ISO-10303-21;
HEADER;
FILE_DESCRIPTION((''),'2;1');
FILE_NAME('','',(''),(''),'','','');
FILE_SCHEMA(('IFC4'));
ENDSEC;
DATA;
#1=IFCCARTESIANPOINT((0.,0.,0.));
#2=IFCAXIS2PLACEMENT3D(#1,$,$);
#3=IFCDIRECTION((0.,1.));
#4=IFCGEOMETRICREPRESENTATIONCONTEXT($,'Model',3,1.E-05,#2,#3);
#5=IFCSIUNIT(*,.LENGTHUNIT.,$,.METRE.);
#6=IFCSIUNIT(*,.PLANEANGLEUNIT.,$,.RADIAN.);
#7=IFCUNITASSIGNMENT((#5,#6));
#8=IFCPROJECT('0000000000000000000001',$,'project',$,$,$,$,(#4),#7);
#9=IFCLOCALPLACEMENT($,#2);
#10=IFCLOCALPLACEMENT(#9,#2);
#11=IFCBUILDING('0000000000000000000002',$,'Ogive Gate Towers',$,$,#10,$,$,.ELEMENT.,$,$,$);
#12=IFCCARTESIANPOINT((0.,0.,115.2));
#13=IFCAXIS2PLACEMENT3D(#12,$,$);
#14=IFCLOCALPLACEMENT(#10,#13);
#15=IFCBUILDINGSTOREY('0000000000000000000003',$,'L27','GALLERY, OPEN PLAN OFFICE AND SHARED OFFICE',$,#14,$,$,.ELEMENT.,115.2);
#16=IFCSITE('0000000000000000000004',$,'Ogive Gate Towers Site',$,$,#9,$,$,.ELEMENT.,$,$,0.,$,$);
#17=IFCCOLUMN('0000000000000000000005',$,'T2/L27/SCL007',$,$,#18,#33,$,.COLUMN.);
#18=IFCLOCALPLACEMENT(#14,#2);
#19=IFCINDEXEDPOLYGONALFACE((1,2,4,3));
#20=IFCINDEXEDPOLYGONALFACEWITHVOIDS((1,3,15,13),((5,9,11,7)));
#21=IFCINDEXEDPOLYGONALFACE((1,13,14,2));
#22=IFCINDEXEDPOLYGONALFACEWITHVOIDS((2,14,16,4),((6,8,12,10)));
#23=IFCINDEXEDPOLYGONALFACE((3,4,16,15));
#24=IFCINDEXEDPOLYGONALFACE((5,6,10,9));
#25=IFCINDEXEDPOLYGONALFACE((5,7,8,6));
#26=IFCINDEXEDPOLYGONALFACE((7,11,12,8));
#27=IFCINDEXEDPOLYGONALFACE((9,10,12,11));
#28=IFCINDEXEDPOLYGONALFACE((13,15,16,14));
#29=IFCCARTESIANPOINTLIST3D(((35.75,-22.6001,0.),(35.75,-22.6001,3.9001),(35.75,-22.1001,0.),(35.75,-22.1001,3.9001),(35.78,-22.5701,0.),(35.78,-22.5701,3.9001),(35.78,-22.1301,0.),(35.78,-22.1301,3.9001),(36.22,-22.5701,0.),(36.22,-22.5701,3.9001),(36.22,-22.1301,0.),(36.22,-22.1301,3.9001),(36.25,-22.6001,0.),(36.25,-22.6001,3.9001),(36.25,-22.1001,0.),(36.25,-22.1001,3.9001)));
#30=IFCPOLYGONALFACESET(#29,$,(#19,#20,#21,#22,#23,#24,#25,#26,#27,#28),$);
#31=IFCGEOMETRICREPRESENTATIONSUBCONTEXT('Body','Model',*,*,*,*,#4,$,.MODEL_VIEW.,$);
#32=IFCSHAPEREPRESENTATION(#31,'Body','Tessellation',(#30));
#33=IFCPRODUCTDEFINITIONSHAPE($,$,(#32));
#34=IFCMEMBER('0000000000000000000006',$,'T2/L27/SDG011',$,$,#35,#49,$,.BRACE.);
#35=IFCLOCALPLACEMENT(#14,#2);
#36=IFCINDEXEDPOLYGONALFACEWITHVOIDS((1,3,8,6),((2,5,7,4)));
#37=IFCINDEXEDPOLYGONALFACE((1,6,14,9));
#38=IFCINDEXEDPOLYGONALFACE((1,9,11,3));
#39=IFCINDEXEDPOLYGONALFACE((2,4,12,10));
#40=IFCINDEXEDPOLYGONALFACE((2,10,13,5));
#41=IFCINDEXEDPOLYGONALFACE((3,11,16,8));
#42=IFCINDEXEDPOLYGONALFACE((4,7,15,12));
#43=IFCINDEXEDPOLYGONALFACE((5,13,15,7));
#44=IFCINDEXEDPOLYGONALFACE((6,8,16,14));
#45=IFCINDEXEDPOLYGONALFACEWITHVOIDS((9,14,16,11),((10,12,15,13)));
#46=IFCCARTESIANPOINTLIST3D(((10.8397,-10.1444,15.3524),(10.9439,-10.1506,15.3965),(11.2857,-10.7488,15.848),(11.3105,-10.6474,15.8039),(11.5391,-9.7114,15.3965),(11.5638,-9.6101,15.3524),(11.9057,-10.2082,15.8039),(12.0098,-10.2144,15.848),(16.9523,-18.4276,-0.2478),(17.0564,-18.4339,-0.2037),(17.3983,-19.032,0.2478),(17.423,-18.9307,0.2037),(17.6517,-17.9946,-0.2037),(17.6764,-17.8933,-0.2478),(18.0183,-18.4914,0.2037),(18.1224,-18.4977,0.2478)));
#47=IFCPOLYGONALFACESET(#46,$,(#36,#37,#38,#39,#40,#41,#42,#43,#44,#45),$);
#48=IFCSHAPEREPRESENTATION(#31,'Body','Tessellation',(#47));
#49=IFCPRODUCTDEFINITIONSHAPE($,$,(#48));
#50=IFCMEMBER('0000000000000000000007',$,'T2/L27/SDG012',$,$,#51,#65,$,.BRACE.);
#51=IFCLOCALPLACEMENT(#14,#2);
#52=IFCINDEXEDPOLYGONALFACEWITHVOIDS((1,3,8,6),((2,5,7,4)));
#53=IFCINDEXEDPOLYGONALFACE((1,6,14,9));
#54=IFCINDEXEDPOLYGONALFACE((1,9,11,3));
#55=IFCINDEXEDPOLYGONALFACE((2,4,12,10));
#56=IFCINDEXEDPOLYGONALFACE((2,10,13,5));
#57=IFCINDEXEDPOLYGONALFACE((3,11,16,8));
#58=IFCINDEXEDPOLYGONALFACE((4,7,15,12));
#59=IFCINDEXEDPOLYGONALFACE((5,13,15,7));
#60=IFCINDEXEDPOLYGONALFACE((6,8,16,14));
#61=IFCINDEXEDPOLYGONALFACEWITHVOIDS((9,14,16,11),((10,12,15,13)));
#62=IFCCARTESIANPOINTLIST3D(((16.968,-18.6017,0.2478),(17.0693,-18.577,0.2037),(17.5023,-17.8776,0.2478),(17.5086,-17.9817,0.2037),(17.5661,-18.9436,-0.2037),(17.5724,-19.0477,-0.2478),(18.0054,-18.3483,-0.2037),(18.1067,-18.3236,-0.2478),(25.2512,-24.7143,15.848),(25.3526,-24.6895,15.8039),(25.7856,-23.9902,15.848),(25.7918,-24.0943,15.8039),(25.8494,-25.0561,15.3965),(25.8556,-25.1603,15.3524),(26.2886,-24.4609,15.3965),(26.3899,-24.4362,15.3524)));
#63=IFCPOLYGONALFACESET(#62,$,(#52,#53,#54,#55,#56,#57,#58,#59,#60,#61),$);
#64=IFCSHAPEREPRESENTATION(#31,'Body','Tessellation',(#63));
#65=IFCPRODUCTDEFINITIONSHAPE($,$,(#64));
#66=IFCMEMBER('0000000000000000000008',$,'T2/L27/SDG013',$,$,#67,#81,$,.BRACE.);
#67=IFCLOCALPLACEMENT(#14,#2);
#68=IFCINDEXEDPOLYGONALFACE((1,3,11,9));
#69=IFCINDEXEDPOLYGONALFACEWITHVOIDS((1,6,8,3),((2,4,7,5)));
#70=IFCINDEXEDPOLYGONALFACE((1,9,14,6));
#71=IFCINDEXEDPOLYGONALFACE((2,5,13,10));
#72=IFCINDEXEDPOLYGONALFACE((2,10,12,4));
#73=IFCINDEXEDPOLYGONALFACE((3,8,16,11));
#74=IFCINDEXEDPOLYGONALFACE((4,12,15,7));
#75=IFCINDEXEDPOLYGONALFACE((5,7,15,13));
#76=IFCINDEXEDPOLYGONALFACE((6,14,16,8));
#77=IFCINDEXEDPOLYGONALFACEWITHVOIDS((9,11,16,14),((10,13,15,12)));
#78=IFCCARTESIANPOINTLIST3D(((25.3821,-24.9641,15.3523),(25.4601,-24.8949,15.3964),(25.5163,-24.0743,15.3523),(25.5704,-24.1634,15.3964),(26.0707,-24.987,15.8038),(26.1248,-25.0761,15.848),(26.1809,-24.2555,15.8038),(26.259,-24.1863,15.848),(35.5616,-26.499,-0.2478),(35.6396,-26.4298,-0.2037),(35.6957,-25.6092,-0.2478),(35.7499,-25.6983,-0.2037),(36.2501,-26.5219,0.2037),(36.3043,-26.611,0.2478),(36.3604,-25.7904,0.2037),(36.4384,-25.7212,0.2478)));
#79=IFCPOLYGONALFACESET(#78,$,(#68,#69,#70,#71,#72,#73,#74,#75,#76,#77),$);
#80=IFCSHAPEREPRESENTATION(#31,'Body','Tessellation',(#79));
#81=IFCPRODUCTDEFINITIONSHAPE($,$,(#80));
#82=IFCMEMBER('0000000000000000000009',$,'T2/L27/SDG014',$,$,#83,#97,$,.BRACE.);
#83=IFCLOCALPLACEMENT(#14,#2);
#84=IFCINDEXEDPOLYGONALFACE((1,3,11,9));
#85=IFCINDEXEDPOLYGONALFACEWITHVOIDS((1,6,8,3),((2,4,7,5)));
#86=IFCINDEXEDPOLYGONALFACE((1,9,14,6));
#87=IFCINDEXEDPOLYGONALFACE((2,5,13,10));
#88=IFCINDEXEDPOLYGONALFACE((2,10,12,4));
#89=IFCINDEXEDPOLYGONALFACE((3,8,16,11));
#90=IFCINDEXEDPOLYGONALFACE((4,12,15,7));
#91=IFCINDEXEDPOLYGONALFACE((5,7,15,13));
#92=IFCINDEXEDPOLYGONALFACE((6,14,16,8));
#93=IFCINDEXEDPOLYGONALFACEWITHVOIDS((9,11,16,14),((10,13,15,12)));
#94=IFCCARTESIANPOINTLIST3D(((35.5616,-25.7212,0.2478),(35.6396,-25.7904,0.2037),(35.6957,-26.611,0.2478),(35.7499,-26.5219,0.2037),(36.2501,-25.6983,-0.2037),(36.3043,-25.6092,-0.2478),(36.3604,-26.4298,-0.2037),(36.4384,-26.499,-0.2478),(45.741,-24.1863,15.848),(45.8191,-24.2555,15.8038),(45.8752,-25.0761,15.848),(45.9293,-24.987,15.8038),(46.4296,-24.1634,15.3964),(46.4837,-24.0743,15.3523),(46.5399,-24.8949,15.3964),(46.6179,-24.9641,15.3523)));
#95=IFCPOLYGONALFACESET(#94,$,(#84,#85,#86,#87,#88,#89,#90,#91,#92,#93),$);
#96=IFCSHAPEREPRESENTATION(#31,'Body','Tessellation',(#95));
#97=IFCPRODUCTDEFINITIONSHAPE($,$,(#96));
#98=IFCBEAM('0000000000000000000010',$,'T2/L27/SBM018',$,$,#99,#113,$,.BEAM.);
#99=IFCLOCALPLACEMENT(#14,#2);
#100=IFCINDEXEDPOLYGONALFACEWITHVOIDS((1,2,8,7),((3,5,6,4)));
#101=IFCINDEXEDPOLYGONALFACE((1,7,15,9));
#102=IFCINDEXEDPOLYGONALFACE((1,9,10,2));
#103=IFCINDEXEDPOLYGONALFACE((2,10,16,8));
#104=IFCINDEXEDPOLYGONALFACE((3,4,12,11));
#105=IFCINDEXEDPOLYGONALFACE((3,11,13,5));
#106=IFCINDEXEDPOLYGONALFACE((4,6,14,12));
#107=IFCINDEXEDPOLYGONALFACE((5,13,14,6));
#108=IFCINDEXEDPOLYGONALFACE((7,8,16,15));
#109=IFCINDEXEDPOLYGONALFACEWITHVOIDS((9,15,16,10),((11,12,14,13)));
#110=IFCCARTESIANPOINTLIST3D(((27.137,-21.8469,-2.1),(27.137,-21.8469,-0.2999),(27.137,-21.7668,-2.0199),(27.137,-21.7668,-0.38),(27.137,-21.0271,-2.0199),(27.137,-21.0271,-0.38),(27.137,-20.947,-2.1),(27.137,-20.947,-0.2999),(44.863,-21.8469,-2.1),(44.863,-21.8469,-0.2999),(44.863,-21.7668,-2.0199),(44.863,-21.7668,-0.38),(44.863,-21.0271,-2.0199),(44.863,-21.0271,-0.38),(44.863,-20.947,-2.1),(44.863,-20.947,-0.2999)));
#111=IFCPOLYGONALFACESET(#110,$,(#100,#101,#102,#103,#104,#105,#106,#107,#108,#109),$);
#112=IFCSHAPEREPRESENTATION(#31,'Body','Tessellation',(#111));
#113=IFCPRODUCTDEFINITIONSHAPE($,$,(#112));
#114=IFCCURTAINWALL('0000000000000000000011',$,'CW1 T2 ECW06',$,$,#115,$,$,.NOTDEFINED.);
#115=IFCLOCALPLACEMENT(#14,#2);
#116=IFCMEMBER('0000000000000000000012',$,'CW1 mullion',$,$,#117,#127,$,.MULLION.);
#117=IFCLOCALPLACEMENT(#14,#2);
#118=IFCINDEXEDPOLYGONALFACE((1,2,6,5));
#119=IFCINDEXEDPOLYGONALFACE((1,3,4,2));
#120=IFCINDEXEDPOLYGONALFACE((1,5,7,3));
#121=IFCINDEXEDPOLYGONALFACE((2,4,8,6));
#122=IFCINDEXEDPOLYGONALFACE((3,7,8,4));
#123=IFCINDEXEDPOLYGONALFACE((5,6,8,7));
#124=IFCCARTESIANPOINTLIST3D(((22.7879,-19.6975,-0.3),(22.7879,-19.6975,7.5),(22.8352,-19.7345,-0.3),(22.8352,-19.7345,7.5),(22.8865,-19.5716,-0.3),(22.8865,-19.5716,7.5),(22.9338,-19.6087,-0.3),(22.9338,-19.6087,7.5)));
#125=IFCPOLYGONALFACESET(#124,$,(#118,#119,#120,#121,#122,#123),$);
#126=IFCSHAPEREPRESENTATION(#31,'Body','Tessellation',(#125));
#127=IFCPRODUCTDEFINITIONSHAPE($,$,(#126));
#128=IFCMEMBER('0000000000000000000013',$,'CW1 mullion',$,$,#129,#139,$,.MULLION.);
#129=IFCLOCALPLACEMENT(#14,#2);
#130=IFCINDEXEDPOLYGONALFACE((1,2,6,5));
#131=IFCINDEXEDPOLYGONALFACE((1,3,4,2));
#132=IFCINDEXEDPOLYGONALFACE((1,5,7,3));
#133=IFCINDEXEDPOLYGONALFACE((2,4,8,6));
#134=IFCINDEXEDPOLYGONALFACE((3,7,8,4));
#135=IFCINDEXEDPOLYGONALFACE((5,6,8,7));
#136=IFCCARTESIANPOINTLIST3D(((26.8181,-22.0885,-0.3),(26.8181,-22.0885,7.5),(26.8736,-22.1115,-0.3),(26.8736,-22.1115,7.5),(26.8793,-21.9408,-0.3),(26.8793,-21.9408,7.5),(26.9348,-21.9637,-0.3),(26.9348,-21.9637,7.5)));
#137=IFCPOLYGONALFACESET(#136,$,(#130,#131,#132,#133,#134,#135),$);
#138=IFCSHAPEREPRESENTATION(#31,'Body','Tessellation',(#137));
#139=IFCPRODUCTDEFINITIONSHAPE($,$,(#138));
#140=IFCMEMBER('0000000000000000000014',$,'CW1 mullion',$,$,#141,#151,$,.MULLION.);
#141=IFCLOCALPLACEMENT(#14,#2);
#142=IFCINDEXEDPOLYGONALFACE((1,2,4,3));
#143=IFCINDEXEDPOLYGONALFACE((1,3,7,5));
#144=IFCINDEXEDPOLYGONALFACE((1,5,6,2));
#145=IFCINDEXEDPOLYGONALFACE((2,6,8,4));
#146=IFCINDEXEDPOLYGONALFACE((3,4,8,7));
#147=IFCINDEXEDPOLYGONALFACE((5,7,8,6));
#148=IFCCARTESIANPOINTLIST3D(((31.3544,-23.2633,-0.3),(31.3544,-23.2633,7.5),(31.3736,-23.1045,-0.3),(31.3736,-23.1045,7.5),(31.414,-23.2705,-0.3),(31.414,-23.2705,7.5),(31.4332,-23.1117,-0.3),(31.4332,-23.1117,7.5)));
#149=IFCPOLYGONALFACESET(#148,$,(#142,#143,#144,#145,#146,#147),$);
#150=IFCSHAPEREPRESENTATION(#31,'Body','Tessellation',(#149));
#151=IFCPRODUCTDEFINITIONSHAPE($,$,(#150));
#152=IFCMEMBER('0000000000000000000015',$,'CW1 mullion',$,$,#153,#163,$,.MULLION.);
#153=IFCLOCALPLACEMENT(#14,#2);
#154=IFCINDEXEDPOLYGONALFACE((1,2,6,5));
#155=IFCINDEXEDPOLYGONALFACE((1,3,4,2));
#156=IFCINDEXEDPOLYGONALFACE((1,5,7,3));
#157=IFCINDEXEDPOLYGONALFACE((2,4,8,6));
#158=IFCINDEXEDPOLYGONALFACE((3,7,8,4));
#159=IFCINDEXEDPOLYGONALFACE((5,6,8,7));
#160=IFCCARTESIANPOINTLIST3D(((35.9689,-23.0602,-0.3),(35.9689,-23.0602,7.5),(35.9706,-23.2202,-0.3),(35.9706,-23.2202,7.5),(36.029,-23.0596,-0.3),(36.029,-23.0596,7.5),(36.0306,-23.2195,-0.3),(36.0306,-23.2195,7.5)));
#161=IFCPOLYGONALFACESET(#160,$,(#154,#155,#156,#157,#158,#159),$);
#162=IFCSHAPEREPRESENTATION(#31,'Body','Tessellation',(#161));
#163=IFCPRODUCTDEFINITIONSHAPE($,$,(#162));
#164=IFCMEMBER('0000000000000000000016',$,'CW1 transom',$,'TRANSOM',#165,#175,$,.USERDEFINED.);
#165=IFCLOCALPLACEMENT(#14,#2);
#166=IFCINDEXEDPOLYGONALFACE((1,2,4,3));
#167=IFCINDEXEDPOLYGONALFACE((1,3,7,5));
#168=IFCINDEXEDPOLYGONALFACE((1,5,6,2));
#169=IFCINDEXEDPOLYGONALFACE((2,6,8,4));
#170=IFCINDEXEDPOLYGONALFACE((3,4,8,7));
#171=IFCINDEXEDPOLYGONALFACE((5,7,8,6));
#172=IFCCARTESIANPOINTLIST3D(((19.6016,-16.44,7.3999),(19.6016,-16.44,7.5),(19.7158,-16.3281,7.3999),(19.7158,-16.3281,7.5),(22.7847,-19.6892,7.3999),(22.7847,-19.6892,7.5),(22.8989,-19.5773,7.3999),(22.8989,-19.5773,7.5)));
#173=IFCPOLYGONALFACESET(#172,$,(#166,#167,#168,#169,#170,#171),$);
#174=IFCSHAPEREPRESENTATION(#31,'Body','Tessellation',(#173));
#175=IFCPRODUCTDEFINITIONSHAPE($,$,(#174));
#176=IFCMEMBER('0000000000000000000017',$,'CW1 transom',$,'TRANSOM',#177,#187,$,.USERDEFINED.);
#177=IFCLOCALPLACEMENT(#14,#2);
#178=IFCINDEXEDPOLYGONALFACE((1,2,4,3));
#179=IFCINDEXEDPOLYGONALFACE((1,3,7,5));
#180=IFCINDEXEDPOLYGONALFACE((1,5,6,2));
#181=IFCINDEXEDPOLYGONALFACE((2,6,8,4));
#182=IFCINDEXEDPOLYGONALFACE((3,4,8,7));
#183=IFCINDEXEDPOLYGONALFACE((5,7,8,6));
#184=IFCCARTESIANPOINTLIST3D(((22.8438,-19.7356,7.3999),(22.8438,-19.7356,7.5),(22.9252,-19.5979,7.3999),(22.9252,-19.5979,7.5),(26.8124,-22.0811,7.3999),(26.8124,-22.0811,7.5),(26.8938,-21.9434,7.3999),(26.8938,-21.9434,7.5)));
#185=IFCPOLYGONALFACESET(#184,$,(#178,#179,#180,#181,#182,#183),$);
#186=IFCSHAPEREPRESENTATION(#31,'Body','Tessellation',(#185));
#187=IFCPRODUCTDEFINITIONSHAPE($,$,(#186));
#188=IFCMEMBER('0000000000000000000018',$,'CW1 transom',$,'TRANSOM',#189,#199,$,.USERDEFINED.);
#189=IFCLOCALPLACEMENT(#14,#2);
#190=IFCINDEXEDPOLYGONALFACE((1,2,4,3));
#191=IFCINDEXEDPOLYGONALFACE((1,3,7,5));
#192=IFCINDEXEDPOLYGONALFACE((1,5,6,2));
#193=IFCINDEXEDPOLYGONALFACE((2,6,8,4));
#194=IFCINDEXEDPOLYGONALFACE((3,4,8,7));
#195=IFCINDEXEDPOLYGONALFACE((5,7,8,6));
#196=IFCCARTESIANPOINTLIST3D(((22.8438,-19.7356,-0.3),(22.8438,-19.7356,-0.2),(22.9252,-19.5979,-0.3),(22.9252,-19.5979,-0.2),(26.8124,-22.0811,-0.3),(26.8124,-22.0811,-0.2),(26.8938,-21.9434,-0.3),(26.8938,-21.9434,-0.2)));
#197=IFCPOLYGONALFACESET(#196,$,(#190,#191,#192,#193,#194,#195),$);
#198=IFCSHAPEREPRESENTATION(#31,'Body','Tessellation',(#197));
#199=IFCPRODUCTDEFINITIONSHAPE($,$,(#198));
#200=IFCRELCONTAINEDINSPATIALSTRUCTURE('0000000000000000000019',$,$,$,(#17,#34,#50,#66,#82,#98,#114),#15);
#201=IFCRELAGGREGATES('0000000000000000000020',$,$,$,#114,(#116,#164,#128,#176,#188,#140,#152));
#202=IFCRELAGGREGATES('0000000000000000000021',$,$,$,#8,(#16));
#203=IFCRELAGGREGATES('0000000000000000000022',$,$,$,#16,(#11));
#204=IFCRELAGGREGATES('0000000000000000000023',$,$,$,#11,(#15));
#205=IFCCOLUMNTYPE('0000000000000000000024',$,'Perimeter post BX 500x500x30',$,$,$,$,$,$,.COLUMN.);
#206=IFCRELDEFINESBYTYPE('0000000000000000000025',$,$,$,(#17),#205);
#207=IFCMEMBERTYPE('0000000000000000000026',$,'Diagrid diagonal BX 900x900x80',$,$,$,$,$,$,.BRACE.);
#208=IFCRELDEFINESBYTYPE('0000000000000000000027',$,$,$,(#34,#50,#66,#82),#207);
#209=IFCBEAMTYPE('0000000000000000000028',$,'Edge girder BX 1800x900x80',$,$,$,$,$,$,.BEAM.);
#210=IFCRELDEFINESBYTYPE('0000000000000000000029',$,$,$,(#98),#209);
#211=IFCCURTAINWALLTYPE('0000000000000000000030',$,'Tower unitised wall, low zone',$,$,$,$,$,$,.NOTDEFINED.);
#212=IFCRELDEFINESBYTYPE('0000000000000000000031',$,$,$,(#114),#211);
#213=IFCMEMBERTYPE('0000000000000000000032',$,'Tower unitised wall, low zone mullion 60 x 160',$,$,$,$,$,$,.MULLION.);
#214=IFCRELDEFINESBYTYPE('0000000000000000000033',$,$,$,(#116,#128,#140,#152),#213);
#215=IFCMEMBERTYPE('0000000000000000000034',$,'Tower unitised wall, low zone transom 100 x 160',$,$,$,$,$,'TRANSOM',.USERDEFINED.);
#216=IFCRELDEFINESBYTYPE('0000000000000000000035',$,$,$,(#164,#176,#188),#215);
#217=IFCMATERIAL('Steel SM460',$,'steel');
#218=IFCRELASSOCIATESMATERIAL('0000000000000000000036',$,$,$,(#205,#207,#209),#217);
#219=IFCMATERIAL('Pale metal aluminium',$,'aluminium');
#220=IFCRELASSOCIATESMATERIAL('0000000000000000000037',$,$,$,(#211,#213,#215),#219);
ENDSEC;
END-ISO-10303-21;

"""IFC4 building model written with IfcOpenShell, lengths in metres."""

from ifc_helpers import new_model, si_unit, direction, frame, origin, origin_2d, place, context, subcontext, project, spatial, rectangle, hollow_rectangle, extrude, material, material_profile, profile_set, type_object, element, aggregate, save


model = new_model("IFC4")

# Units and contexts
model_context = context("Model", 3, precision=1e-05, world=origin(), true_north=direction((0.0, 1.0)))
body_context = subcontext(model_context, "Body", "Model", "MODEL_VIEW")
ifc_project = project(units=[si_unit("LENGTHUNIT", "METRE"), si_unit("PLANEANGLEUNIT", "RADIAN")], contexts=[model_context])

# Site, building, storey
site_placement = place(None, origin())
site = spatial("IfcSite", under=ifc_project, at=site_placement, Name="Ogive Gate Towers Site", CompositionType="ELEMENT", RefElevation=0.0)
building_placement = place(site_placement, origin())
building = spatial("IfcBuilding", under=site, at=building_placement, Name="Ogive Gate Towers", CompositionType="ELEMENT")
storey_placement = place(building_placement, frame((0.0, 0.0, 115.2)))
storey = spatial("IfcBuildingStorey", under=building, at=storey_placement, Name="L27", Description="GALLERY, OPEN PLAN OFFICE AND SHARED OFFICE", CompositionType="ELEMENT", Elevation=115.2)

# Column
ifc_material_1 = material(Name="Steel SM460", Category="steel")
ifc_material_profile_1 = material_profile(ifc_material_1, hollow_rectangle(XDim=0.5, YDim=0.5, WallThickness=0.03, at=origin_2d()), Name="BX 500x500x30")
ifc_profile_set_1 = profile_set([ifc_material_profile_1], Name="Steel SM460")
column_type = type_object("IfcColumnType", Name="Perimeter post BX 500x500x30", PredefinedType="COLUMN", material=ifc_profile_set_1)
column_placement = place(storey_placement, frame((36.0, -22.3501, 0.0), z_axis=(0.0, 0.0, 1.0), x_axis=(1.0, 0.0, 0.0)))
element("IfcColumn", 1, at=column_placement, inside=storey, type_object=column_type, Name="T2/L27/SCL007", PredefinedType="COLUMN", context=body_context, shape_type="SweptSolid", body=[
    extrude(hollow_rectangle(XDim=0.5, YDim=0.5, WallThickness=0.03, at=origin_2d()), origin(), (0.0, 0.0, 1.0), 3.9001),
])

# Members
ifc_material_profile_2 = material_profile(ifc_material_1, hollow_rectangle(XDim=0.8999, YDim=0.8999, WallThickness=0.0801, at=origin_2d()), Name="BX 900x900x80")
ifc_profile_set_2 = profile_set([ifc_material_profile_2], Name="Steel SM460")
member_type_1 = type_object("IfcMemberType", Name="Diagrid diagonal BX 900x900x80", PredefinedType="BRACE", material=ifc_profile_set_2)
for number, where, z_axis, x_axis, name in (
    (2, (17.5374, -18.4626, 0.0), (-0.327039, 0.443175, 0.83465), (-0.804632, -0.593774, 0.0), "T2/L27/SDG011"),
    (3, (17.5374, -18.4626, 0.0), (0.443175, -0.327039, 0.83465), (0.593774, 0.804632, 0.0), "T2/L27/SDG012"),
    (4, (36.0, -26.1101, 0.0), (-0.544628, 0.082122, 0.834648), (-0.1491, -0.988822, 0.0), "T2/L27/SDG013"),
    (5, (36.0, -26.1101, 0.0), (0.544628, 0.082122, 0.834648), (-0.1491, 0.988822, 0.0), "T2/L27/SDG014"),
):
    element("IfcMember", number, at=place(storey_placement, frame(where, z_axis=z_axis, x_axis=x_axis)), inside=storey, type_object=member_type_1, Name=name, PredefinedType="BRACE", context=body_context, shape_type="SweptSolid", body=[
        extrude(hollow_rectangle(XDim=0.8999, YDim=0.8999, WallThickness=0.0801, at=origin_2d()), origin(), (0.0, 0.0, 1.0), 18.6907),
    ])

# Beam
ifc_material_profile_3 = material_profile(ifc_material_1, hollow_rectangle(XDim=0.8999, YDim=1.8, WallThickness=0.0801, at=origin_2d()), Name="BX 1800x900x80")
ifc_profile_set_3 = profile_set([ifc_material_profile_3], Name="Steel SM460")
beam_type = type_object("IfcBeamType", Name="Edge girder BX 1800x900x80", PredefinedType="BEAM", material=ifc_profile_set_3)
beam_placement = place(storey_placement, frame((27.137, -21.397, -1.2), z_axis=(1.0, 0.0, 0.0), x_axis=(0.0, 1.0, 0.0)))
element("IfcBeam", 6, at=beam_placement, inside=storey, type_object=beam_type, Name="T2/L27/SBM018", PredefinedType="BEAM", context=body_context, shape_type="SweptSolid", body=[
    extrude(hollow_rectangle(XDim=0.8999, YDim=1.8, WallThickness=0.0801, at=origin_2d()), origin(), (0.0, 0.0, 1.0), 17.7261),
])

# Curtain wall, members
ifc_material_2 = material(Name="Pale metal aluminium", Category="aluminium")
curtain_wall_type = type_object("IfcCurtainWallType", Name="Tower unitised wall, low zone", PredefinedType="NOTDEFINED", material=ifc_material_2)
curtain_wall_1_placement = place(storey_placement, origin())
curtain_wall_1 = element("IfcCurtainWall", 7, at=curtain_wall_1_placement, inside=storey, type_object=curtain_wall_type, Name="CW1 T2 ECW06", PredefinedType="NOTDEFINED")
ifc_material_profile_4 = material_profile(ifc_material_2, rectangle(XDim=0.1599, YDim=0.0601, at=origin_2d()), Name="60 x 160 aluminium box")
ifc_profile_set_4 = profile_set([ifc_material_profile_4], Name="Pale metal aluminium")
member_type_2 = type_object("IfcMemberType", Name="Tower unitised wall, low zone mullion 60 x 160", PredefinedType="MULLION", material=ifc_profile_set_4)
member_1_placement = place(storey_placement, frame((22.8608, -19.6531, -0.3), z_axis=(0.0, 0.0, 1.0), x_axis=(-0.616844, -0.787086, 0.0)))
member_1 = element("IfcMember", 8, at=member_1_placement, type_object=member_type_2, Name="CW1 mullion", PredefinedType="MULLION", context=body_context, shape_type="SweptSolid", body=[
    extrude(rectangle(XDim=0.1599, YDim=0.0601, at=origin_2d()), origin(), (0.0, 0.0, 1.0), 7.8),
])
member_2_placement = place(storey_placement, frame((26.8765, -22.0261, -0.3), z_axis=(0.0, 0.0, 1.0), x_axis=(-0.382683, -0.92388, 0.0)))
member_2 = element("IfcMember", 9, at=member_2_placement, type_object=member_type_2, Name="CW1 mullion", PredefinedType="MULLION", context=body_context, shape_type="SweptSolid", body=[
    extrude(rectangle(XDim=0.1599, YDim=0.0601, at=origin_2d()), origin(), (0.0, 0.0, 1.0), 7.8),
])
member_3_placement = place(storey_placement, frame((31.3938, -23.1875, -0.3), z_axis=(0.0, 0.0, 1.0), x_axis=(-0.120379, -0.992728, 0.0)))
member_3 = element("IfcMember", 10, at=member_3_placement, type_object=member_type_2, Name="CW1 mullion", PredefinedType="MULLION", context=body_context, shape_type="SweptSolid", body=[
    extrude(rectangle(XDim=0.1599, YDim=0.0601, at=origin_2d()), origin(), (0.0, 0.0, 1.0), 7.8),
])
member_4_placement = place(storey_placement, frame((35.9998, -23.1399, -0.3), z_axis=(0.0, 0.0, 1.0), x_axis=(0.01028, -0.999947, 0.0)))
member_4 = element("IfcMember", 11, at=member_4_placement, type_object=member_type_2, Name="CW1 mullion", PredefinedType="MULLION", context=body_context, shape_type="SweptSolid", body=[
    extrude(rectangle(XDim=0.1599, YDim=0.0601, at=origin_2d()), origin(), (0.0, 0.0, 1.0), 7.8),
])
ifc_material_profile_5 = material_profile(ifc_material_2, rectangle(XDim=0.1599, YDim=0.1001, at=origin_2d()), Name="100 x 160 aluminium box")
ifc_profile_set_5 = profile_set([ifc_material_profile_5], Name="Pale metal aluminium")
member_type_3 = type_object("IfcMemberType", Name="Tower unitised wall, low zone transom 100 x 160", ElementType="TRANSOM", PredefinedType="USERDEFINED", material=ifc_profile_set_5)
member_5_placement = place(storey_placement, frame((19.6587, -16.384, 7.45), z_axis=(0.699797, -0.714342, 0.0), x_axis=(0.714342, 0.699797, 0.0)))
member_5 = element("IfcMember", 12, at=member_5_placement, type_object=member_type_3, Name="CW1 transom", ObjectType="TRANSOM", PredefinedType="USERDEFINED", context=body_context, shape_type="SweptSolid", body=[
    extrude(rectangle(XDim=0.1599, YDim=0.1001, at=origin_2d()), origin(), (0.0, 0.0, 1.0), 4.5486),
])
member_6_placement = place(storey_placement, frame((22.8845, -19.6667, 7.45), z_axis=(0.860885, -0.508799, 0.0), x_axis=(0.508799, 0.860885, 0.0)))
member_6 = element("IfcMember", 13, at=member_6_placement, type_object=member_type_3, Name="CW1 transom", ObjectType="TRANSOM", PredefinedType="USERDEFINED", context=body_context, shape_type="SweptSolid", body=[
    extrude(rectangle(XDim=0.1599, YDim=0.1001, at=origin_2d()), origin(), (0.0, 0.0, 1.0), 4.6099),
])
member_7_placement = place(storey_placement, frame((22.8845, -19.6667, -0.25), z_axis=(0.860885, -0.508799, 0.0), x_axis=(0.508799, 0.860885, 0.0)))
member_7 = element("IfcMember", 14, at=member_7_placement, type_object=member_type_3, Name="CW1 transom", ObjectType="TRANSOM", PredefinedType="USERDEFINED", context=body_context, shape_type="SweptSolid", body=[
    extrude(rectangle(XDim=0.1599, YDim=0.1001, at=origin_2d()), origin(), (0.0, 0.0, 1.0), 4.6099),
])

aggregate(curtain_wall_1, [member_1, member_5, member_2, member_6, member_7, member_3, member_4])

save(model, "model.ifc")
